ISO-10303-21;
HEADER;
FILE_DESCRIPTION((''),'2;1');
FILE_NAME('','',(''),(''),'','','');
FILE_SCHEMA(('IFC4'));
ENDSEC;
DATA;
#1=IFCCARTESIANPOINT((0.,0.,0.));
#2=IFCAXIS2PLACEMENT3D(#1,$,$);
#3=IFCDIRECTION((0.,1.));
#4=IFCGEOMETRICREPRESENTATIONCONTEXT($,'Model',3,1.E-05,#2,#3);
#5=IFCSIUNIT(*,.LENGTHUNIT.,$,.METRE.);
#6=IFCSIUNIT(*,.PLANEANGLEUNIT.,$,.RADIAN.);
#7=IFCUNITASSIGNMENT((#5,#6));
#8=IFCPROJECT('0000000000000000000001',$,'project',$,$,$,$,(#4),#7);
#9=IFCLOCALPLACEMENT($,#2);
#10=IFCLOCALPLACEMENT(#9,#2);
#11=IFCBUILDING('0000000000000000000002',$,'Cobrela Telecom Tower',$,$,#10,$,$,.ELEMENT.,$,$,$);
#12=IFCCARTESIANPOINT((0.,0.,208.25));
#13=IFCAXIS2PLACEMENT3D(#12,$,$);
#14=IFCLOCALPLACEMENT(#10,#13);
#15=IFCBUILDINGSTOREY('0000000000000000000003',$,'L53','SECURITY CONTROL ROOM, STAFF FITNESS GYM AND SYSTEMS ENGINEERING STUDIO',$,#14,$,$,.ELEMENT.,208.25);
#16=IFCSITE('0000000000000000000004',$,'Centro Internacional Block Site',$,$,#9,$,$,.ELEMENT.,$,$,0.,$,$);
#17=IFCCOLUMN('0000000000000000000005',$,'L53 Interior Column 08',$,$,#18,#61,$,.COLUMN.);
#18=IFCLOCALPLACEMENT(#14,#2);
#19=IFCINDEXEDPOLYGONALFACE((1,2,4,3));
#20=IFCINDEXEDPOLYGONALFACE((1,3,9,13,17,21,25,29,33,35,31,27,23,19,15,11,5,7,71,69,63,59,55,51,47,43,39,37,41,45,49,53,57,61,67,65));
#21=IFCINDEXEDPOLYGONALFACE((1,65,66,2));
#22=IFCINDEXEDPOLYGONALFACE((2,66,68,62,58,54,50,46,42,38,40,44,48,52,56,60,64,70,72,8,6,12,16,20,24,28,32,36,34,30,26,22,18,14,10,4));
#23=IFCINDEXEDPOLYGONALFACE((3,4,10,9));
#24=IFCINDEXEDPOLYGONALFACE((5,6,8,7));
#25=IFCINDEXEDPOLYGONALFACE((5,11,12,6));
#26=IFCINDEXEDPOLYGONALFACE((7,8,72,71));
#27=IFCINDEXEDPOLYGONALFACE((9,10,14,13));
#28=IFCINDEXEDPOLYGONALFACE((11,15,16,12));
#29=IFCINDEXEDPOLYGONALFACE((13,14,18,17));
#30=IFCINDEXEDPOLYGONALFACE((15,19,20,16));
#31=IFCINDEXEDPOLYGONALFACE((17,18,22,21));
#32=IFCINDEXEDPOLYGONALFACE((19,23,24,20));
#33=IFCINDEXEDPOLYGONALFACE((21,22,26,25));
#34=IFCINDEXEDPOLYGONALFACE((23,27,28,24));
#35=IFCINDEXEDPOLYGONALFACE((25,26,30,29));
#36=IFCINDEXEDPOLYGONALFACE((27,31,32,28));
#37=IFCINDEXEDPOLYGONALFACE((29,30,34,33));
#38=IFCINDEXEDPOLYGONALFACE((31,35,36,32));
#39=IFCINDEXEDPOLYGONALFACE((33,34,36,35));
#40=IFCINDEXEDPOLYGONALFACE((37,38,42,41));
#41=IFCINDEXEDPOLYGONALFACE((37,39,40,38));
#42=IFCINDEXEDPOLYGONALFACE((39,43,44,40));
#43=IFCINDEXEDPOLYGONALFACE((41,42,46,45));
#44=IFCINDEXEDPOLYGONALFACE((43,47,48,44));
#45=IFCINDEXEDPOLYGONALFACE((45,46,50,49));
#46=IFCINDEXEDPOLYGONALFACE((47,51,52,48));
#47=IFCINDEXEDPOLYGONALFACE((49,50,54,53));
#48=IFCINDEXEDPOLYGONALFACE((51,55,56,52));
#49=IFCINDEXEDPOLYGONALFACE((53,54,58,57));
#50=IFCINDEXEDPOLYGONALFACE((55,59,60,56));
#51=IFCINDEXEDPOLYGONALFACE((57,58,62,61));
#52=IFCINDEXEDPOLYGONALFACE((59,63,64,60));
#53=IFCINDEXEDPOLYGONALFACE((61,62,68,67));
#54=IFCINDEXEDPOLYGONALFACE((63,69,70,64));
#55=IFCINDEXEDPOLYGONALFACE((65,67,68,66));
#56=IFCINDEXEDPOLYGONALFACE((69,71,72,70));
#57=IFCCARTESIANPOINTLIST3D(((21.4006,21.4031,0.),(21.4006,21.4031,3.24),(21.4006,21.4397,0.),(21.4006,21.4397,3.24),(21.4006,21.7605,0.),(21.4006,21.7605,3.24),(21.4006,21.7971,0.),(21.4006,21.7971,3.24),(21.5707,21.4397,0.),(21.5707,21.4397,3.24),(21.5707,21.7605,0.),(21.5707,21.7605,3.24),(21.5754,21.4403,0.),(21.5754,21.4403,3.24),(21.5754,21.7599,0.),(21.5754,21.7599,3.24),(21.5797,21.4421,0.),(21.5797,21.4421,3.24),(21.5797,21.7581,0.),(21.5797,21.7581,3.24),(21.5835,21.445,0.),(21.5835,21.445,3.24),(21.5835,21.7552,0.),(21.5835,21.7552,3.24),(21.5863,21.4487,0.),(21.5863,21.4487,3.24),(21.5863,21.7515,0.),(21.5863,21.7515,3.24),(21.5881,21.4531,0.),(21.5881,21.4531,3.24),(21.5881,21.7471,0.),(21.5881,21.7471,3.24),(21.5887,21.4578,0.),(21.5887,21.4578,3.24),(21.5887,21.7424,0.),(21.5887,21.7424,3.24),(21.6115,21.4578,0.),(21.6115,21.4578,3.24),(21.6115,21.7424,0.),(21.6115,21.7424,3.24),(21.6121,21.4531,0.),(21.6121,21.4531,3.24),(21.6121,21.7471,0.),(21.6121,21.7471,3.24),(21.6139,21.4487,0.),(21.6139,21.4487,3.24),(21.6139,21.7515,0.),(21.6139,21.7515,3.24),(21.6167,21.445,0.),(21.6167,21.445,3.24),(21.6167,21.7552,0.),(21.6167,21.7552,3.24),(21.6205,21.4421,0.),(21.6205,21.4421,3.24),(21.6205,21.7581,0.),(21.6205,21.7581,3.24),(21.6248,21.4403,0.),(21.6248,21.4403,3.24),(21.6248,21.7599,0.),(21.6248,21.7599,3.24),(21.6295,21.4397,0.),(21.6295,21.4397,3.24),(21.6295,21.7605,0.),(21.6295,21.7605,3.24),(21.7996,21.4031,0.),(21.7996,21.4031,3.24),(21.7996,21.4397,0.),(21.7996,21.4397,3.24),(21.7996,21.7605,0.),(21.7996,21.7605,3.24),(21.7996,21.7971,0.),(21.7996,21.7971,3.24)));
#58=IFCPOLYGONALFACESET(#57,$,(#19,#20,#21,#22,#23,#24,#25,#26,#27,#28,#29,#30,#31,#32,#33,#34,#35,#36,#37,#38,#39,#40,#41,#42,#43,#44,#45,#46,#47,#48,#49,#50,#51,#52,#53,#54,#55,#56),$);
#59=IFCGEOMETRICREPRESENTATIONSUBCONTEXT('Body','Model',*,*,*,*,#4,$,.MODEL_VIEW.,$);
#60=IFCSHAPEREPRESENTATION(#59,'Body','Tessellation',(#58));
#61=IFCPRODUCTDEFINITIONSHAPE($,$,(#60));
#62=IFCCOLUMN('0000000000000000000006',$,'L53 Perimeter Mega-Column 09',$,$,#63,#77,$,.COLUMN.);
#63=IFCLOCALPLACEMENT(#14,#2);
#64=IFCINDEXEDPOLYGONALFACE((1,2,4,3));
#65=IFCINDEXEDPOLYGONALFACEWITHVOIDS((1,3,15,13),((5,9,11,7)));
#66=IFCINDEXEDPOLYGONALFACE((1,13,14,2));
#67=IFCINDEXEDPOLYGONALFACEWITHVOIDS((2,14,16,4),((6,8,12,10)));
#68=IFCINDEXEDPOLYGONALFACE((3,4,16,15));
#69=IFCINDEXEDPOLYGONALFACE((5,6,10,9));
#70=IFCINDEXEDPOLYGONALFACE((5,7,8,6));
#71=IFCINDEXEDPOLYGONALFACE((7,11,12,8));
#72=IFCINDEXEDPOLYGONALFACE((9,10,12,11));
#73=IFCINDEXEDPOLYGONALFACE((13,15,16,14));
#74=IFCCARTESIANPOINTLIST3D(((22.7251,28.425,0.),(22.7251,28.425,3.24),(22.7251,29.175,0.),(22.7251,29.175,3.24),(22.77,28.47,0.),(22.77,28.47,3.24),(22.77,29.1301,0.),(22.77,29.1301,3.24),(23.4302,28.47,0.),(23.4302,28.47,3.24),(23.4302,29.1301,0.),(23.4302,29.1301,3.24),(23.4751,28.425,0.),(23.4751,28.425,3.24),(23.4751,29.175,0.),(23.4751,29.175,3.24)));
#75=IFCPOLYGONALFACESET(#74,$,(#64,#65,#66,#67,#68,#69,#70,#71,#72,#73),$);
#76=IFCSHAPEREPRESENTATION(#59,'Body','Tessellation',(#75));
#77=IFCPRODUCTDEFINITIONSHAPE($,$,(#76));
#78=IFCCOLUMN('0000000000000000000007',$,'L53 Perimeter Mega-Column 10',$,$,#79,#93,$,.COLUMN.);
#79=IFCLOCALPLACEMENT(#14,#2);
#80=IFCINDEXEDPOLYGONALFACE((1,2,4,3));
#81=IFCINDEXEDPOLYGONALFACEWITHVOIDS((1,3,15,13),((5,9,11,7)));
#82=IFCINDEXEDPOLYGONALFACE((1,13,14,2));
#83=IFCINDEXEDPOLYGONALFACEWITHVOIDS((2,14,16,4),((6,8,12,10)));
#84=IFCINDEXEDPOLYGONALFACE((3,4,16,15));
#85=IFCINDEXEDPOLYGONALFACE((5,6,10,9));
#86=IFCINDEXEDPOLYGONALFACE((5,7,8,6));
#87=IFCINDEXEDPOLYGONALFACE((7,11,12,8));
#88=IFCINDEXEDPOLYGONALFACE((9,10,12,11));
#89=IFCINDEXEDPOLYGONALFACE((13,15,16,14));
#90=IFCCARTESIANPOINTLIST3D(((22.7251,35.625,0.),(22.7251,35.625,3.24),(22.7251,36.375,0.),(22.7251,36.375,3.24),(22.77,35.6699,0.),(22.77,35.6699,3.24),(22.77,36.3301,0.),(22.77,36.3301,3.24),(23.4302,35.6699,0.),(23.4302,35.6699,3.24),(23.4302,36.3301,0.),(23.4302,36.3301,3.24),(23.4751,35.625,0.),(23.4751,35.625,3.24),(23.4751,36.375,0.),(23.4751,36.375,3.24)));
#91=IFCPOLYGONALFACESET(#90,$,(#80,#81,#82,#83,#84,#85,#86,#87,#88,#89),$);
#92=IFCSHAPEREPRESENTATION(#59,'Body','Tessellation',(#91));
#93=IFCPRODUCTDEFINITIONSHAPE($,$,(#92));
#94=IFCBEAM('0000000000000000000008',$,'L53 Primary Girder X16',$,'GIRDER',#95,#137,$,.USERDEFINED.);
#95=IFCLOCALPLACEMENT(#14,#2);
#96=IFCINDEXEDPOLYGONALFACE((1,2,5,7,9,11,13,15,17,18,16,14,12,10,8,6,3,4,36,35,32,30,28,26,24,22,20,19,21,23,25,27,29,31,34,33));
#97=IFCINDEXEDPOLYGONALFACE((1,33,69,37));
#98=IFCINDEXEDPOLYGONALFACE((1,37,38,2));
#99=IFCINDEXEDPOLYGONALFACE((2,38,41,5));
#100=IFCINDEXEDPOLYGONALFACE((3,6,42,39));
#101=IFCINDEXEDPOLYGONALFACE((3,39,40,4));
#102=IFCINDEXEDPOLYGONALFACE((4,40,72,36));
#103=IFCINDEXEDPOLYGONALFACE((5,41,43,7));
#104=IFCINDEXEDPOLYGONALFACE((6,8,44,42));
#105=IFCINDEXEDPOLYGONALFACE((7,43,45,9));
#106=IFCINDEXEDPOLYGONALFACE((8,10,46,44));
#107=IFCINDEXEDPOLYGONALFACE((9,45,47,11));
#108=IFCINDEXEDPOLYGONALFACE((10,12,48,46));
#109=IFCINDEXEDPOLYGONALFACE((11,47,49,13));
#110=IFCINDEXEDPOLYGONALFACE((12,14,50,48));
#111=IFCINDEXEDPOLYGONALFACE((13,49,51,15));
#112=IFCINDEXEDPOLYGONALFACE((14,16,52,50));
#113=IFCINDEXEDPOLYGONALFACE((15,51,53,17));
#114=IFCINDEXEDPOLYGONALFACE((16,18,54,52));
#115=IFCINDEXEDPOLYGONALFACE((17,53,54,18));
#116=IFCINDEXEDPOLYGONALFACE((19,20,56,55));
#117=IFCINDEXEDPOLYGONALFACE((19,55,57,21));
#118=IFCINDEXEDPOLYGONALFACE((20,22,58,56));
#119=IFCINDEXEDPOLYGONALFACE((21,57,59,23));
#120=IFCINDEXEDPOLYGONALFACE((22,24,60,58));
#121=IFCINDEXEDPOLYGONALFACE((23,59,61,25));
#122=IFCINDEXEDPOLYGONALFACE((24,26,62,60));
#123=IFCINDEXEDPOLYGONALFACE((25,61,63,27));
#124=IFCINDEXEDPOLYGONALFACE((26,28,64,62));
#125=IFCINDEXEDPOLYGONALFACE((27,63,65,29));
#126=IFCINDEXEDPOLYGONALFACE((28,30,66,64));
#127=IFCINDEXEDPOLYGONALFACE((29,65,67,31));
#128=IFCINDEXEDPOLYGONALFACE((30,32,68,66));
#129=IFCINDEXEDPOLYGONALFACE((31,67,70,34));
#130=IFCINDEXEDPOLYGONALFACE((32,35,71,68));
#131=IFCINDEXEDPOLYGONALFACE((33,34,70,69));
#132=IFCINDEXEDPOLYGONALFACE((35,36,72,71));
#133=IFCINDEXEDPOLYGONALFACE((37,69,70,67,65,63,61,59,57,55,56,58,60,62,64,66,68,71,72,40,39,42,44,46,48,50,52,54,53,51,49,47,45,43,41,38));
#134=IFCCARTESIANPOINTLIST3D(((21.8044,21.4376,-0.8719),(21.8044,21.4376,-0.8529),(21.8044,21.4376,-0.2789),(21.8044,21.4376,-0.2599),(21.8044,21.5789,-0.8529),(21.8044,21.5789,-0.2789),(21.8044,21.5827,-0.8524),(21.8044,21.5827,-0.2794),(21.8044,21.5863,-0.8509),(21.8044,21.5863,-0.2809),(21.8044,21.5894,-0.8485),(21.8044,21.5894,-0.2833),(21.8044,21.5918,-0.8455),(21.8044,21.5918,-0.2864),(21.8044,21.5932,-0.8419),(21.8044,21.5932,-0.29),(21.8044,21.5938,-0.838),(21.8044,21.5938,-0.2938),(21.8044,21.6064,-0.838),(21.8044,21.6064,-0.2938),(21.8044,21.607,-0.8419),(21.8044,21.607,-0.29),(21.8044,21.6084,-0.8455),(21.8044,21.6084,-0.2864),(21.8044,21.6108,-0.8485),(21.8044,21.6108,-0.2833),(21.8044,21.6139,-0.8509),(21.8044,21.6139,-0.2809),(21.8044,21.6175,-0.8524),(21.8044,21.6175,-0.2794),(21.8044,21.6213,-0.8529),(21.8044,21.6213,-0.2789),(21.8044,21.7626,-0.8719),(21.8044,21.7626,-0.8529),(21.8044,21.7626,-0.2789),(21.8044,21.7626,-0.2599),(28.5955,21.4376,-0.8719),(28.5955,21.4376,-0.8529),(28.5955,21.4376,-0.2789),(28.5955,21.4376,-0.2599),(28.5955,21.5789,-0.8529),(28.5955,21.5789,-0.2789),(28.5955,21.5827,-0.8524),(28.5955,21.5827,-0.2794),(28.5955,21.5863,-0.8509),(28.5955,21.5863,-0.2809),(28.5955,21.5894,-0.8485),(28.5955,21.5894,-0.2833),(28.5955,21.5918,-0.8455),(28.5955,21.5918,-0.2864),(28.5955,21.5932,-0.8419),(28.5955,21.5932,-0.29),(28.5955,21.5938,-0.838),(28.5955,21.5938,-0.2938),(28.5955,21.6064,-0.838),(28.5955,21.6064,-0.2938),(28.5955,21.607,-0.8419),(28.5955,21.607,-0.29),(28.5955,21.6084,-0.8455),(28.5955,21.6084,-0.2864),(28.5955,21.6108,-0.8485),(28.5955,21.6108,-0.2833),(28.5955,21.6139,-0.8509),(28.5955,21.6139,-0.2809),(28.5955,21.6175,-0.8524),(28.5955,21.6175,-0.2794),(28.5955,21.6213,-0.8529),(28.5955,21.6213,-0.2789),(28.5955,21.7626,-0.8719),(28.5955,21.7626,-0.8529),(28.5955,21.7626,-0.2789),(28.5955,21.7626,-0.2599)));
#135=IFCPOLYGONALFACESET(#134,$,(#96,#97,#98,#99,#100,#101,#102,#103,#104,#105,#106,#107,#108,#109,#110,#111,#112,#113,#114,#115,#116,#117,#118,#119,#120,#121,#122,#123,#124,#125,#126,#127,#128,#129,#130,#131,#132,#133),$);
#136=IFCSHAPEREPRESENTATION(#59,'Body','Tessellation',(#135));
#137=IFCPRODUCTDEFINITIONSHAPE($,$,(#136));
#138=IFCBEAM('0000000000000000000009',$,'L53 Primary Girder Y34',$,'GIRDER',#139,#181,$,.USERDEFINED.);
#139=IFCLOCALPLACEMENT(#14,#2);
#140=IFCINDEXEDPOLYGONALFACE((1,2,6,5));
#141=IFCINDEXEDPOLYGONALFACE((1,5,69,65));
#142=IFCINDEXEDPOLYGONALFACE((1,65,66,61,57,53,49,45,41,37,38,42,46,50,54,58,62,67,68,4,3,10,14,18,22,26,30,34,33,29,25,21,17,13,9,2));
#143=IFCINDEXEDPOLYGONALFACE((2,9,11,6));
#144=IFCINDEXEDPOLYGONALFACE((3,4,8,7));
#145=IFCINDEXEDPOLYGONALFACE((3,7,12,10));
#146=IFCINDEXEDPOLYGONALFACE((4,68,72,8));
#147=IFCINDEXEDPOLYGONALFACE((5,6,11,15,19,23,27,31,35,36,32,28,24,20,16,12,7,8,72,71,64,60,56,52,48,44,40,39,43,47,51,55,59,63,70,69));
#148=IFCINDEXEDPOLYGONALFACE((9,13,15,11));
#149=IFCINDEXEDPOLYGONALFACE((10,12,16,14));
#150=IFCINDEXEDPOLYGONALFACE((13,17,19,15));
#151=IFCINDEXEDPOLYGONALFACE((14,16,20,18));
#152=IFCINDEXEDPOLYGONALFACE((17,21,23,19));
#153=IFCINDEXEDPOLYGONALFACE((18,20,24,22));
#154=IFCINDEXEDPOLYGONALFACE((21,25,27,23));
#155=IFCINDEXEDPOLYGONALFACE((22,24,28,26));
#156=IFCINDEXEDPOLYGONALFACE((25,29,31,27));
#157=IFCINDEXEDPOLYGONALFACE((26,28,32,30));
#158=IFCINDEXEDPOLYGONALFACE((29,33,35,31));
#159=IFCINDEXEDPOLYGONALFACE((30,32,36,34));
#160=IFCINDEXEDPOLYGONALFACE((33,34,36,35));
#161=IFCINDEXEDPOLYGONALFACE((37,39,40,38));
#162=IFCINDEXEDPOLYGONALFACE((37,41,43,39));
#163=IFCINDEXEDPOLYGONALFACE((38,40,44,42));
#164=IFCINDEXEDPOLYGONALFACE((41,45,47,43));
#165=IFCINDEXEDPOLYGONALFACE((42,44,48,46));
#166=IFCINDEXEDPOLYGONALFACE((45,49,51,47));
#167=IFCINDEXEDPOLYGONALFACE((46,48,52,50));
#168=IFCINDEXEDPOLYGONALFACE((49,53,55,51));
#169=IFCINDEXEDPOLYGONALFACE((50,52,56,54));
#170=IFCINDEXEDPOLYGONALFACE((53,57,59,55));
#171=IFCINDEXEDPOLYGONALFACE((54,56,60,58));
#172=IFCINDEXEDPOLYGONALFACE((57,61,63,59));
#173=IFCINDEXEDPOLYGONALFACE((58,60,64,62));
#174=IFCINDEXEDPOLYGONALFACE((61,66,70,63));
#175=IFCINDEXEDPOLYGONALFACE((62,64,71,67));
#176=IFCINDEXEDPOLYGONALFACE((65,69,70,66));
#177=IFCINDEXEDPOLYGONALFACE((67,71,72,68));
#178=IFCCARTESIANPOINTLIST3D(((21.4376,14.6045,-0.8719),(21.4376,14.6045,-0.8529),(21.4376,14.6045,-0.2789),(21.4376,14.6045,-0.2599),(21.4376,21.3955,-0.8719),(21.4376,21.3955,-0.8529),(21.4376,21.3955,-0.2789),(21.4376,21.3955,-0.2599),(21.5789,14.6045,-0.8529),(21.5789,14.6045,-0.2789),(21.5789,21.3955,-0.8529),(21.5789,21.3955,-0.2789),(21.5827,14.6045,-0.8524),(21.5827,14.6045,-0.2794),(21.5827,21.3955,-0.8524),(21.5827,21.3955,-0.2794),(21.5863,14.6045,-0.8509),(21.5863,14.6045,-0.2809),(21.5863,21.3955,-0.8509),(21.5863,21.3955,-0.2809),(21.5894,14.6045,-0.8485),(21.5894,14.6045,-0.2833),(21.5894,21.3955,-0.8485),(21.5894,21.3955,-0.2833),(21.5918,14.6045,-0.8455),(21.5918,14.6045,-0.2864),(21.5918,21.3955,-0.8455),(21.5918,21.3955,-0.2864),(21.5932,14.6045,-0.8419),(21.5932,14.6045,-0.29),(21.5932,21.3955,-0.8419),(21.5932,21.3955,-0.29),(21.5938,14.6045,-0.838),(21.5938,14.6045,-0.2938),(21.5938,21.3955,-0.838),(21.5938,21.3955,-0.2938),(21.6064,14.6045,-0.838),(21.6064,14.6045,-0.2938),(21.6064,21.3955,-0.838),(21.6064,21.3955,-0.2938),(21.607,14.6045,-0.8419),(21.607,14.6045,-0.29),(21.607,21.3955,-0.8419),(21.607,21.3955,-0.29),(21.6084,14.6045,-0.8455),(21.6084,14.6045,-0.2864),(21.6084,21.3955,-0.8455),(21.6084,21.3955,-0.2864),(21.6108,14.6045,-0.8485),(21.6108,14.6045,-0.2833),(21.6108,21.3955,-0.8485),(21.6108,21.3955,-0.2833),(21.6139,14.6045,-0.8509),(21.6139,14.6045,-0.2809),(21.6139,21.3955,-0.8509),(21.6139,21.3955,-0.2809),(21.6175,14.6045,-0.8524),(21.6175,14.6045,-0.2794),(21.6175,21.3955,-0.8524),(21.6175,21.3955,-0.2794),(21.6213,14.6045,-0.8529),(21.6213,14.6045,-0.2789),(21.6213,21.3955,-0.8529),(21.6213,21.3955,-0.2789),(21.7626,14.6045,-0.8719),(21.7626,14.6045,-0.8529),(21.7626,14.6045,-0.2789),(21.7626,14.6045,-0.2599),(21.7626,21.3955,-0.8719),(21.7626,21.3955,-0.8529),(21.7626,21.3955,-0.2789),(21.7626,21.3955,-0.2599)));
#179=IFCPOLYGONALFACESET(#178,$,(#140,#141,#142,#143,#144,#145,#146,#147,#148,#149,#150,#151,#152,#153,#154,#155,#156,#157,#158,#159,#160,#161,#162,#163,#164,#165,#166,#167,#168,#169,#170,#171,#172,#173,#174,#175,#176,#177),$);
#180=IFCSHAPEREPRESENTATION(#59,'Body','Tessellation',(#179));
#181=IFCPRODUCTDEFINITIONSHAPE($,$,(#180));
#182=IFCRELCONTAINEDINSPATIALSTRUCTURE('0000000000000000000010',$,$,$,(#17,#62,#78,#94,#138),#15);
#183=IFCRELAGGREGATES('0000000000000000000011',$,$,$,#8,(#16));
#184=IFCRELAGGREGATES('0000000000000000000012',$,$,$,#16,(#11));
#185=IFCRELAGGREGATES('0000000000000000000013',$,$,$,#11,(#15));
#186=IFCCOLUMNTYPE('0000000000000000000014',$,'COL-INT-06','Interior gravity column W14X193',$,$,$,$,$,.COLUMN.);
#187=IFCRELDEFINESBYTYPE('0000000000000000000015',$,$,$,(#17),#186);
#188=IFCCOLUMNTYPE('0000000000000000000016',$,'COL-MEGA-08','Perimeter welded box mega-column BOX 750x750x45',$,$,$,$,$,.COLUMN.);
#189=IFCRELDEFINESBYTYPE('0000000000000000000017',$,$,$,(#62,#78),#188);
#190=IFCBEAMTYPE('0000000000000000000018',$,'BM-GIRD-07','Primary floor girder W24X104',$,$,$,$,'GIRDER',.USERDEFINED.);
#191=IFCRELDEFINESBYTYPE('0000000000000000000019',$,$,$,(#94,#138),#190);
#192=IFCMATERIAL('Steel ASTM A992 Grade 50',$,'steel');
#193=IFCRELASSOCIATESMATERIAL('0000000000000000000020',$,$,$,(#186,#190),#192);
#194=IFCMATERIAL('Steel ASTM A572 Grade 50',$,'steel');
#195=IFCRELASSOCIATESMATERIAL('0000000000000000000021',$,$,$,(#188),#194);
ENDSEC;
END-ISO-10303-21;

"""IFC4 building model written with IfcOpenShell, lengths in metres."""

from ifc_helpers import new_model, si_unit, direction, frame, origin, origin_2d, place, context, subcontext, project, spatial, hollow_rectangle, i_section, extrude, material, material_profile, profile_set, type_object, element, save


model = new_model("IFC4")

# Units and contexts
model_context = context("Model", 3, precision=1e-05, world=origin(), true_north=direction((0.0, 1.0)))
body_context = subcontext(model_context, "Body", "Model", "MODEL_VIEW")
ifc_project = project(units=[si_unit("LENGTHUNIT", "METRE"), si_unit("PLANEANGLEUNIT", "RADIAN")], contexts=[model_context])

# Site, building, storey
site_placement = place(None, origin())
site = spatial("IfcSite", under=ifc_project, at=site_placement, Name="Centro Internacional Block Site", CompositionType="ELEMENT", RefElevation=0.0)
building_placement = place(site_placement, origin())
building = spatial("IfcBuilding", under=site, at=building_placement, Name="Cobrela Telecom Tower", CompositionType="ELEMENT")
storey_placement = place(building_placement, frame((0.0, 0.0, 208.25)))
storey = spatial("IfcBuildingStorey", under=building, at=storey_placement, Name="L53", Description="SECURITY CONTROL ROOM, STAFF FITNESS GYM AND SYSTEMS ENGINEERING STUDIO", CompositionType="ELEMENT", Elevation=208.25)

# Columns
ifc_material_1 = material(Name="Steel ASTM A992 Grade 50", Category="steel")
ifc_material_profile_1 = material_profile(ifc_material_1, i_section(OverallWidth=0.3989, OverallDepth=0.394, WebThickness=0.0227, FlangeThickness=0.0366, FilletRadius=0.0181, at=origin_2d()), Name="W14X193")
ifc_profile_set_1 = profile_set([ifc_material_profile_1], Name="Steel ASTM A992 Grade 50")
column_type_1 = type_object("IfcColumnType", Name="COL-INT-06", Description="Interior gravity column W14X193", PredefinedType="COLUMN", material=ifc_profile_set_1)
column_placement = place(storey_placement, frame((21.6001, 21.6001, 0.0), z_axis=(0.0, 0.0, 1.0), x_axis=(1.0, 0.0, 0.0)))
element("IfcColumn", 1, at=column_placement, inside=storey, type_object=column_type_1, Name="L53 Interior Column 08", PredefinedType="COLUMN", context=body_context, shape_type="SweptSolid", body=[
    extrude(i_section(OverallWidth=0.3989, OverallDepth=0.394, WebThickness=0.0227, FlangeThickness=0.0366, FilletRadius=0.0181, at=origin_2d()), origin(), (0.0, 0.0, 1.0), 3.24),
])
ifc_material_2 = material(Name="Steel ASTM A572 Grade 50", Category="steel")
ifc_material_profile_2 = material_profile(ifc_material_2, hollow_rectangle(XDim=0.75, YDim=0.75, WallThickness=0.0449, at=origin_2d()), Name="BOX 750x750x45")
ifc_profile_set_2 = profile_set([ifc_material_profile_2], Name="Steel ASTM A572 Grade 50")
column_type_2 = type_object("IfcColumnType", Name="COL-MEGA-08", Description="Perimeter welded box mega-column BOX 750x750x45", PredefinedType="COLUMN", material=ifc_profile_set_2)
for number, where, z_axis, x_axis, name in (
    (2, (23.1001, 28.8, 0.0), (0.0, 0.0, 1.0), (1.0, 0.0, 0.0), "L53 Perimeter Mega-Column 09"),
    (3, (23.1001, 36.0, 0.0), (0.0, 0.0, 1.0), (1.0, 0.0, 0.0), "L53 Perimeter Mega-Column 10"),
):
    element("IfcColumn", number, at=place(storey_placement, frame(where, z_axis=z_axis, x_axis=x_axis)), inside=storey, type_object=column_type_2, Name=name, PredefinedType="COLUMN", context=body_context, shape_type="SweptSolid", body=[
        extrude(hollow_rectangle(XDim=0.75, YDim=0.75, WallThickness=0.0449, at=origin_2d()), origin(), (0.0, 0.0, 1.0), 3.24),
    ])

# Beams
ifc_material_profile_3 = material_profile(ifc_material_1, i_section(OverallWidth=0.325, OverallDepth=0.6121, WebThickness=0.0127, FlangeThickness=0.019, FilletRadius=0.0149, at=origin_2d()), Name="W24X104")
ifc_profile_set_3 = profile_set([ifc_material_profile_3], Name="Steel ASTM A992 Grade 50")
beam_type_1 = type_object("IfcBeamType", Name="BM-GIRD-07", Description="Primary floor girder W24X104", ElementType="GIRDER", PredefinedType="USERDEFINED", material=ifc_profile_set_3)
for number, where, z_axis, x_axis, name in (
    (4, (21.8044, 21.6001, -0.5659), (1.0, 0.0, 0.0), (0.0, 1.0, 0.0), "L53 Primary Girder X16"),
    (5, (21.6001, 14.6045, -0.5659), (0.0, 1.0, 0.0), (-1.0, 0.0, 0.0), "L53 Primary Girder Y34"),
):
    element("IfcBeam", number, at=place(storey_placement, frame(where, z_axis=z_axis, x_axis=x_axis)), inside=storey, type_object=beam_type_1, Name=name, ObjectType="GIRDER", PredefinedType="USERDEFINED", context=body_context, shape_type="SweptSolid", body=[
        extrude(i_section(OverallWidth=0.325, OverallDepth=0.6121, WebThickness=0.0127, FlangeThickness=0.019, FilletRadius=0.0149, at=origin_2d()), origin(), (0.0, 0.0, 1.0), 6.791),
    ])

save(model, "model.ifc")
